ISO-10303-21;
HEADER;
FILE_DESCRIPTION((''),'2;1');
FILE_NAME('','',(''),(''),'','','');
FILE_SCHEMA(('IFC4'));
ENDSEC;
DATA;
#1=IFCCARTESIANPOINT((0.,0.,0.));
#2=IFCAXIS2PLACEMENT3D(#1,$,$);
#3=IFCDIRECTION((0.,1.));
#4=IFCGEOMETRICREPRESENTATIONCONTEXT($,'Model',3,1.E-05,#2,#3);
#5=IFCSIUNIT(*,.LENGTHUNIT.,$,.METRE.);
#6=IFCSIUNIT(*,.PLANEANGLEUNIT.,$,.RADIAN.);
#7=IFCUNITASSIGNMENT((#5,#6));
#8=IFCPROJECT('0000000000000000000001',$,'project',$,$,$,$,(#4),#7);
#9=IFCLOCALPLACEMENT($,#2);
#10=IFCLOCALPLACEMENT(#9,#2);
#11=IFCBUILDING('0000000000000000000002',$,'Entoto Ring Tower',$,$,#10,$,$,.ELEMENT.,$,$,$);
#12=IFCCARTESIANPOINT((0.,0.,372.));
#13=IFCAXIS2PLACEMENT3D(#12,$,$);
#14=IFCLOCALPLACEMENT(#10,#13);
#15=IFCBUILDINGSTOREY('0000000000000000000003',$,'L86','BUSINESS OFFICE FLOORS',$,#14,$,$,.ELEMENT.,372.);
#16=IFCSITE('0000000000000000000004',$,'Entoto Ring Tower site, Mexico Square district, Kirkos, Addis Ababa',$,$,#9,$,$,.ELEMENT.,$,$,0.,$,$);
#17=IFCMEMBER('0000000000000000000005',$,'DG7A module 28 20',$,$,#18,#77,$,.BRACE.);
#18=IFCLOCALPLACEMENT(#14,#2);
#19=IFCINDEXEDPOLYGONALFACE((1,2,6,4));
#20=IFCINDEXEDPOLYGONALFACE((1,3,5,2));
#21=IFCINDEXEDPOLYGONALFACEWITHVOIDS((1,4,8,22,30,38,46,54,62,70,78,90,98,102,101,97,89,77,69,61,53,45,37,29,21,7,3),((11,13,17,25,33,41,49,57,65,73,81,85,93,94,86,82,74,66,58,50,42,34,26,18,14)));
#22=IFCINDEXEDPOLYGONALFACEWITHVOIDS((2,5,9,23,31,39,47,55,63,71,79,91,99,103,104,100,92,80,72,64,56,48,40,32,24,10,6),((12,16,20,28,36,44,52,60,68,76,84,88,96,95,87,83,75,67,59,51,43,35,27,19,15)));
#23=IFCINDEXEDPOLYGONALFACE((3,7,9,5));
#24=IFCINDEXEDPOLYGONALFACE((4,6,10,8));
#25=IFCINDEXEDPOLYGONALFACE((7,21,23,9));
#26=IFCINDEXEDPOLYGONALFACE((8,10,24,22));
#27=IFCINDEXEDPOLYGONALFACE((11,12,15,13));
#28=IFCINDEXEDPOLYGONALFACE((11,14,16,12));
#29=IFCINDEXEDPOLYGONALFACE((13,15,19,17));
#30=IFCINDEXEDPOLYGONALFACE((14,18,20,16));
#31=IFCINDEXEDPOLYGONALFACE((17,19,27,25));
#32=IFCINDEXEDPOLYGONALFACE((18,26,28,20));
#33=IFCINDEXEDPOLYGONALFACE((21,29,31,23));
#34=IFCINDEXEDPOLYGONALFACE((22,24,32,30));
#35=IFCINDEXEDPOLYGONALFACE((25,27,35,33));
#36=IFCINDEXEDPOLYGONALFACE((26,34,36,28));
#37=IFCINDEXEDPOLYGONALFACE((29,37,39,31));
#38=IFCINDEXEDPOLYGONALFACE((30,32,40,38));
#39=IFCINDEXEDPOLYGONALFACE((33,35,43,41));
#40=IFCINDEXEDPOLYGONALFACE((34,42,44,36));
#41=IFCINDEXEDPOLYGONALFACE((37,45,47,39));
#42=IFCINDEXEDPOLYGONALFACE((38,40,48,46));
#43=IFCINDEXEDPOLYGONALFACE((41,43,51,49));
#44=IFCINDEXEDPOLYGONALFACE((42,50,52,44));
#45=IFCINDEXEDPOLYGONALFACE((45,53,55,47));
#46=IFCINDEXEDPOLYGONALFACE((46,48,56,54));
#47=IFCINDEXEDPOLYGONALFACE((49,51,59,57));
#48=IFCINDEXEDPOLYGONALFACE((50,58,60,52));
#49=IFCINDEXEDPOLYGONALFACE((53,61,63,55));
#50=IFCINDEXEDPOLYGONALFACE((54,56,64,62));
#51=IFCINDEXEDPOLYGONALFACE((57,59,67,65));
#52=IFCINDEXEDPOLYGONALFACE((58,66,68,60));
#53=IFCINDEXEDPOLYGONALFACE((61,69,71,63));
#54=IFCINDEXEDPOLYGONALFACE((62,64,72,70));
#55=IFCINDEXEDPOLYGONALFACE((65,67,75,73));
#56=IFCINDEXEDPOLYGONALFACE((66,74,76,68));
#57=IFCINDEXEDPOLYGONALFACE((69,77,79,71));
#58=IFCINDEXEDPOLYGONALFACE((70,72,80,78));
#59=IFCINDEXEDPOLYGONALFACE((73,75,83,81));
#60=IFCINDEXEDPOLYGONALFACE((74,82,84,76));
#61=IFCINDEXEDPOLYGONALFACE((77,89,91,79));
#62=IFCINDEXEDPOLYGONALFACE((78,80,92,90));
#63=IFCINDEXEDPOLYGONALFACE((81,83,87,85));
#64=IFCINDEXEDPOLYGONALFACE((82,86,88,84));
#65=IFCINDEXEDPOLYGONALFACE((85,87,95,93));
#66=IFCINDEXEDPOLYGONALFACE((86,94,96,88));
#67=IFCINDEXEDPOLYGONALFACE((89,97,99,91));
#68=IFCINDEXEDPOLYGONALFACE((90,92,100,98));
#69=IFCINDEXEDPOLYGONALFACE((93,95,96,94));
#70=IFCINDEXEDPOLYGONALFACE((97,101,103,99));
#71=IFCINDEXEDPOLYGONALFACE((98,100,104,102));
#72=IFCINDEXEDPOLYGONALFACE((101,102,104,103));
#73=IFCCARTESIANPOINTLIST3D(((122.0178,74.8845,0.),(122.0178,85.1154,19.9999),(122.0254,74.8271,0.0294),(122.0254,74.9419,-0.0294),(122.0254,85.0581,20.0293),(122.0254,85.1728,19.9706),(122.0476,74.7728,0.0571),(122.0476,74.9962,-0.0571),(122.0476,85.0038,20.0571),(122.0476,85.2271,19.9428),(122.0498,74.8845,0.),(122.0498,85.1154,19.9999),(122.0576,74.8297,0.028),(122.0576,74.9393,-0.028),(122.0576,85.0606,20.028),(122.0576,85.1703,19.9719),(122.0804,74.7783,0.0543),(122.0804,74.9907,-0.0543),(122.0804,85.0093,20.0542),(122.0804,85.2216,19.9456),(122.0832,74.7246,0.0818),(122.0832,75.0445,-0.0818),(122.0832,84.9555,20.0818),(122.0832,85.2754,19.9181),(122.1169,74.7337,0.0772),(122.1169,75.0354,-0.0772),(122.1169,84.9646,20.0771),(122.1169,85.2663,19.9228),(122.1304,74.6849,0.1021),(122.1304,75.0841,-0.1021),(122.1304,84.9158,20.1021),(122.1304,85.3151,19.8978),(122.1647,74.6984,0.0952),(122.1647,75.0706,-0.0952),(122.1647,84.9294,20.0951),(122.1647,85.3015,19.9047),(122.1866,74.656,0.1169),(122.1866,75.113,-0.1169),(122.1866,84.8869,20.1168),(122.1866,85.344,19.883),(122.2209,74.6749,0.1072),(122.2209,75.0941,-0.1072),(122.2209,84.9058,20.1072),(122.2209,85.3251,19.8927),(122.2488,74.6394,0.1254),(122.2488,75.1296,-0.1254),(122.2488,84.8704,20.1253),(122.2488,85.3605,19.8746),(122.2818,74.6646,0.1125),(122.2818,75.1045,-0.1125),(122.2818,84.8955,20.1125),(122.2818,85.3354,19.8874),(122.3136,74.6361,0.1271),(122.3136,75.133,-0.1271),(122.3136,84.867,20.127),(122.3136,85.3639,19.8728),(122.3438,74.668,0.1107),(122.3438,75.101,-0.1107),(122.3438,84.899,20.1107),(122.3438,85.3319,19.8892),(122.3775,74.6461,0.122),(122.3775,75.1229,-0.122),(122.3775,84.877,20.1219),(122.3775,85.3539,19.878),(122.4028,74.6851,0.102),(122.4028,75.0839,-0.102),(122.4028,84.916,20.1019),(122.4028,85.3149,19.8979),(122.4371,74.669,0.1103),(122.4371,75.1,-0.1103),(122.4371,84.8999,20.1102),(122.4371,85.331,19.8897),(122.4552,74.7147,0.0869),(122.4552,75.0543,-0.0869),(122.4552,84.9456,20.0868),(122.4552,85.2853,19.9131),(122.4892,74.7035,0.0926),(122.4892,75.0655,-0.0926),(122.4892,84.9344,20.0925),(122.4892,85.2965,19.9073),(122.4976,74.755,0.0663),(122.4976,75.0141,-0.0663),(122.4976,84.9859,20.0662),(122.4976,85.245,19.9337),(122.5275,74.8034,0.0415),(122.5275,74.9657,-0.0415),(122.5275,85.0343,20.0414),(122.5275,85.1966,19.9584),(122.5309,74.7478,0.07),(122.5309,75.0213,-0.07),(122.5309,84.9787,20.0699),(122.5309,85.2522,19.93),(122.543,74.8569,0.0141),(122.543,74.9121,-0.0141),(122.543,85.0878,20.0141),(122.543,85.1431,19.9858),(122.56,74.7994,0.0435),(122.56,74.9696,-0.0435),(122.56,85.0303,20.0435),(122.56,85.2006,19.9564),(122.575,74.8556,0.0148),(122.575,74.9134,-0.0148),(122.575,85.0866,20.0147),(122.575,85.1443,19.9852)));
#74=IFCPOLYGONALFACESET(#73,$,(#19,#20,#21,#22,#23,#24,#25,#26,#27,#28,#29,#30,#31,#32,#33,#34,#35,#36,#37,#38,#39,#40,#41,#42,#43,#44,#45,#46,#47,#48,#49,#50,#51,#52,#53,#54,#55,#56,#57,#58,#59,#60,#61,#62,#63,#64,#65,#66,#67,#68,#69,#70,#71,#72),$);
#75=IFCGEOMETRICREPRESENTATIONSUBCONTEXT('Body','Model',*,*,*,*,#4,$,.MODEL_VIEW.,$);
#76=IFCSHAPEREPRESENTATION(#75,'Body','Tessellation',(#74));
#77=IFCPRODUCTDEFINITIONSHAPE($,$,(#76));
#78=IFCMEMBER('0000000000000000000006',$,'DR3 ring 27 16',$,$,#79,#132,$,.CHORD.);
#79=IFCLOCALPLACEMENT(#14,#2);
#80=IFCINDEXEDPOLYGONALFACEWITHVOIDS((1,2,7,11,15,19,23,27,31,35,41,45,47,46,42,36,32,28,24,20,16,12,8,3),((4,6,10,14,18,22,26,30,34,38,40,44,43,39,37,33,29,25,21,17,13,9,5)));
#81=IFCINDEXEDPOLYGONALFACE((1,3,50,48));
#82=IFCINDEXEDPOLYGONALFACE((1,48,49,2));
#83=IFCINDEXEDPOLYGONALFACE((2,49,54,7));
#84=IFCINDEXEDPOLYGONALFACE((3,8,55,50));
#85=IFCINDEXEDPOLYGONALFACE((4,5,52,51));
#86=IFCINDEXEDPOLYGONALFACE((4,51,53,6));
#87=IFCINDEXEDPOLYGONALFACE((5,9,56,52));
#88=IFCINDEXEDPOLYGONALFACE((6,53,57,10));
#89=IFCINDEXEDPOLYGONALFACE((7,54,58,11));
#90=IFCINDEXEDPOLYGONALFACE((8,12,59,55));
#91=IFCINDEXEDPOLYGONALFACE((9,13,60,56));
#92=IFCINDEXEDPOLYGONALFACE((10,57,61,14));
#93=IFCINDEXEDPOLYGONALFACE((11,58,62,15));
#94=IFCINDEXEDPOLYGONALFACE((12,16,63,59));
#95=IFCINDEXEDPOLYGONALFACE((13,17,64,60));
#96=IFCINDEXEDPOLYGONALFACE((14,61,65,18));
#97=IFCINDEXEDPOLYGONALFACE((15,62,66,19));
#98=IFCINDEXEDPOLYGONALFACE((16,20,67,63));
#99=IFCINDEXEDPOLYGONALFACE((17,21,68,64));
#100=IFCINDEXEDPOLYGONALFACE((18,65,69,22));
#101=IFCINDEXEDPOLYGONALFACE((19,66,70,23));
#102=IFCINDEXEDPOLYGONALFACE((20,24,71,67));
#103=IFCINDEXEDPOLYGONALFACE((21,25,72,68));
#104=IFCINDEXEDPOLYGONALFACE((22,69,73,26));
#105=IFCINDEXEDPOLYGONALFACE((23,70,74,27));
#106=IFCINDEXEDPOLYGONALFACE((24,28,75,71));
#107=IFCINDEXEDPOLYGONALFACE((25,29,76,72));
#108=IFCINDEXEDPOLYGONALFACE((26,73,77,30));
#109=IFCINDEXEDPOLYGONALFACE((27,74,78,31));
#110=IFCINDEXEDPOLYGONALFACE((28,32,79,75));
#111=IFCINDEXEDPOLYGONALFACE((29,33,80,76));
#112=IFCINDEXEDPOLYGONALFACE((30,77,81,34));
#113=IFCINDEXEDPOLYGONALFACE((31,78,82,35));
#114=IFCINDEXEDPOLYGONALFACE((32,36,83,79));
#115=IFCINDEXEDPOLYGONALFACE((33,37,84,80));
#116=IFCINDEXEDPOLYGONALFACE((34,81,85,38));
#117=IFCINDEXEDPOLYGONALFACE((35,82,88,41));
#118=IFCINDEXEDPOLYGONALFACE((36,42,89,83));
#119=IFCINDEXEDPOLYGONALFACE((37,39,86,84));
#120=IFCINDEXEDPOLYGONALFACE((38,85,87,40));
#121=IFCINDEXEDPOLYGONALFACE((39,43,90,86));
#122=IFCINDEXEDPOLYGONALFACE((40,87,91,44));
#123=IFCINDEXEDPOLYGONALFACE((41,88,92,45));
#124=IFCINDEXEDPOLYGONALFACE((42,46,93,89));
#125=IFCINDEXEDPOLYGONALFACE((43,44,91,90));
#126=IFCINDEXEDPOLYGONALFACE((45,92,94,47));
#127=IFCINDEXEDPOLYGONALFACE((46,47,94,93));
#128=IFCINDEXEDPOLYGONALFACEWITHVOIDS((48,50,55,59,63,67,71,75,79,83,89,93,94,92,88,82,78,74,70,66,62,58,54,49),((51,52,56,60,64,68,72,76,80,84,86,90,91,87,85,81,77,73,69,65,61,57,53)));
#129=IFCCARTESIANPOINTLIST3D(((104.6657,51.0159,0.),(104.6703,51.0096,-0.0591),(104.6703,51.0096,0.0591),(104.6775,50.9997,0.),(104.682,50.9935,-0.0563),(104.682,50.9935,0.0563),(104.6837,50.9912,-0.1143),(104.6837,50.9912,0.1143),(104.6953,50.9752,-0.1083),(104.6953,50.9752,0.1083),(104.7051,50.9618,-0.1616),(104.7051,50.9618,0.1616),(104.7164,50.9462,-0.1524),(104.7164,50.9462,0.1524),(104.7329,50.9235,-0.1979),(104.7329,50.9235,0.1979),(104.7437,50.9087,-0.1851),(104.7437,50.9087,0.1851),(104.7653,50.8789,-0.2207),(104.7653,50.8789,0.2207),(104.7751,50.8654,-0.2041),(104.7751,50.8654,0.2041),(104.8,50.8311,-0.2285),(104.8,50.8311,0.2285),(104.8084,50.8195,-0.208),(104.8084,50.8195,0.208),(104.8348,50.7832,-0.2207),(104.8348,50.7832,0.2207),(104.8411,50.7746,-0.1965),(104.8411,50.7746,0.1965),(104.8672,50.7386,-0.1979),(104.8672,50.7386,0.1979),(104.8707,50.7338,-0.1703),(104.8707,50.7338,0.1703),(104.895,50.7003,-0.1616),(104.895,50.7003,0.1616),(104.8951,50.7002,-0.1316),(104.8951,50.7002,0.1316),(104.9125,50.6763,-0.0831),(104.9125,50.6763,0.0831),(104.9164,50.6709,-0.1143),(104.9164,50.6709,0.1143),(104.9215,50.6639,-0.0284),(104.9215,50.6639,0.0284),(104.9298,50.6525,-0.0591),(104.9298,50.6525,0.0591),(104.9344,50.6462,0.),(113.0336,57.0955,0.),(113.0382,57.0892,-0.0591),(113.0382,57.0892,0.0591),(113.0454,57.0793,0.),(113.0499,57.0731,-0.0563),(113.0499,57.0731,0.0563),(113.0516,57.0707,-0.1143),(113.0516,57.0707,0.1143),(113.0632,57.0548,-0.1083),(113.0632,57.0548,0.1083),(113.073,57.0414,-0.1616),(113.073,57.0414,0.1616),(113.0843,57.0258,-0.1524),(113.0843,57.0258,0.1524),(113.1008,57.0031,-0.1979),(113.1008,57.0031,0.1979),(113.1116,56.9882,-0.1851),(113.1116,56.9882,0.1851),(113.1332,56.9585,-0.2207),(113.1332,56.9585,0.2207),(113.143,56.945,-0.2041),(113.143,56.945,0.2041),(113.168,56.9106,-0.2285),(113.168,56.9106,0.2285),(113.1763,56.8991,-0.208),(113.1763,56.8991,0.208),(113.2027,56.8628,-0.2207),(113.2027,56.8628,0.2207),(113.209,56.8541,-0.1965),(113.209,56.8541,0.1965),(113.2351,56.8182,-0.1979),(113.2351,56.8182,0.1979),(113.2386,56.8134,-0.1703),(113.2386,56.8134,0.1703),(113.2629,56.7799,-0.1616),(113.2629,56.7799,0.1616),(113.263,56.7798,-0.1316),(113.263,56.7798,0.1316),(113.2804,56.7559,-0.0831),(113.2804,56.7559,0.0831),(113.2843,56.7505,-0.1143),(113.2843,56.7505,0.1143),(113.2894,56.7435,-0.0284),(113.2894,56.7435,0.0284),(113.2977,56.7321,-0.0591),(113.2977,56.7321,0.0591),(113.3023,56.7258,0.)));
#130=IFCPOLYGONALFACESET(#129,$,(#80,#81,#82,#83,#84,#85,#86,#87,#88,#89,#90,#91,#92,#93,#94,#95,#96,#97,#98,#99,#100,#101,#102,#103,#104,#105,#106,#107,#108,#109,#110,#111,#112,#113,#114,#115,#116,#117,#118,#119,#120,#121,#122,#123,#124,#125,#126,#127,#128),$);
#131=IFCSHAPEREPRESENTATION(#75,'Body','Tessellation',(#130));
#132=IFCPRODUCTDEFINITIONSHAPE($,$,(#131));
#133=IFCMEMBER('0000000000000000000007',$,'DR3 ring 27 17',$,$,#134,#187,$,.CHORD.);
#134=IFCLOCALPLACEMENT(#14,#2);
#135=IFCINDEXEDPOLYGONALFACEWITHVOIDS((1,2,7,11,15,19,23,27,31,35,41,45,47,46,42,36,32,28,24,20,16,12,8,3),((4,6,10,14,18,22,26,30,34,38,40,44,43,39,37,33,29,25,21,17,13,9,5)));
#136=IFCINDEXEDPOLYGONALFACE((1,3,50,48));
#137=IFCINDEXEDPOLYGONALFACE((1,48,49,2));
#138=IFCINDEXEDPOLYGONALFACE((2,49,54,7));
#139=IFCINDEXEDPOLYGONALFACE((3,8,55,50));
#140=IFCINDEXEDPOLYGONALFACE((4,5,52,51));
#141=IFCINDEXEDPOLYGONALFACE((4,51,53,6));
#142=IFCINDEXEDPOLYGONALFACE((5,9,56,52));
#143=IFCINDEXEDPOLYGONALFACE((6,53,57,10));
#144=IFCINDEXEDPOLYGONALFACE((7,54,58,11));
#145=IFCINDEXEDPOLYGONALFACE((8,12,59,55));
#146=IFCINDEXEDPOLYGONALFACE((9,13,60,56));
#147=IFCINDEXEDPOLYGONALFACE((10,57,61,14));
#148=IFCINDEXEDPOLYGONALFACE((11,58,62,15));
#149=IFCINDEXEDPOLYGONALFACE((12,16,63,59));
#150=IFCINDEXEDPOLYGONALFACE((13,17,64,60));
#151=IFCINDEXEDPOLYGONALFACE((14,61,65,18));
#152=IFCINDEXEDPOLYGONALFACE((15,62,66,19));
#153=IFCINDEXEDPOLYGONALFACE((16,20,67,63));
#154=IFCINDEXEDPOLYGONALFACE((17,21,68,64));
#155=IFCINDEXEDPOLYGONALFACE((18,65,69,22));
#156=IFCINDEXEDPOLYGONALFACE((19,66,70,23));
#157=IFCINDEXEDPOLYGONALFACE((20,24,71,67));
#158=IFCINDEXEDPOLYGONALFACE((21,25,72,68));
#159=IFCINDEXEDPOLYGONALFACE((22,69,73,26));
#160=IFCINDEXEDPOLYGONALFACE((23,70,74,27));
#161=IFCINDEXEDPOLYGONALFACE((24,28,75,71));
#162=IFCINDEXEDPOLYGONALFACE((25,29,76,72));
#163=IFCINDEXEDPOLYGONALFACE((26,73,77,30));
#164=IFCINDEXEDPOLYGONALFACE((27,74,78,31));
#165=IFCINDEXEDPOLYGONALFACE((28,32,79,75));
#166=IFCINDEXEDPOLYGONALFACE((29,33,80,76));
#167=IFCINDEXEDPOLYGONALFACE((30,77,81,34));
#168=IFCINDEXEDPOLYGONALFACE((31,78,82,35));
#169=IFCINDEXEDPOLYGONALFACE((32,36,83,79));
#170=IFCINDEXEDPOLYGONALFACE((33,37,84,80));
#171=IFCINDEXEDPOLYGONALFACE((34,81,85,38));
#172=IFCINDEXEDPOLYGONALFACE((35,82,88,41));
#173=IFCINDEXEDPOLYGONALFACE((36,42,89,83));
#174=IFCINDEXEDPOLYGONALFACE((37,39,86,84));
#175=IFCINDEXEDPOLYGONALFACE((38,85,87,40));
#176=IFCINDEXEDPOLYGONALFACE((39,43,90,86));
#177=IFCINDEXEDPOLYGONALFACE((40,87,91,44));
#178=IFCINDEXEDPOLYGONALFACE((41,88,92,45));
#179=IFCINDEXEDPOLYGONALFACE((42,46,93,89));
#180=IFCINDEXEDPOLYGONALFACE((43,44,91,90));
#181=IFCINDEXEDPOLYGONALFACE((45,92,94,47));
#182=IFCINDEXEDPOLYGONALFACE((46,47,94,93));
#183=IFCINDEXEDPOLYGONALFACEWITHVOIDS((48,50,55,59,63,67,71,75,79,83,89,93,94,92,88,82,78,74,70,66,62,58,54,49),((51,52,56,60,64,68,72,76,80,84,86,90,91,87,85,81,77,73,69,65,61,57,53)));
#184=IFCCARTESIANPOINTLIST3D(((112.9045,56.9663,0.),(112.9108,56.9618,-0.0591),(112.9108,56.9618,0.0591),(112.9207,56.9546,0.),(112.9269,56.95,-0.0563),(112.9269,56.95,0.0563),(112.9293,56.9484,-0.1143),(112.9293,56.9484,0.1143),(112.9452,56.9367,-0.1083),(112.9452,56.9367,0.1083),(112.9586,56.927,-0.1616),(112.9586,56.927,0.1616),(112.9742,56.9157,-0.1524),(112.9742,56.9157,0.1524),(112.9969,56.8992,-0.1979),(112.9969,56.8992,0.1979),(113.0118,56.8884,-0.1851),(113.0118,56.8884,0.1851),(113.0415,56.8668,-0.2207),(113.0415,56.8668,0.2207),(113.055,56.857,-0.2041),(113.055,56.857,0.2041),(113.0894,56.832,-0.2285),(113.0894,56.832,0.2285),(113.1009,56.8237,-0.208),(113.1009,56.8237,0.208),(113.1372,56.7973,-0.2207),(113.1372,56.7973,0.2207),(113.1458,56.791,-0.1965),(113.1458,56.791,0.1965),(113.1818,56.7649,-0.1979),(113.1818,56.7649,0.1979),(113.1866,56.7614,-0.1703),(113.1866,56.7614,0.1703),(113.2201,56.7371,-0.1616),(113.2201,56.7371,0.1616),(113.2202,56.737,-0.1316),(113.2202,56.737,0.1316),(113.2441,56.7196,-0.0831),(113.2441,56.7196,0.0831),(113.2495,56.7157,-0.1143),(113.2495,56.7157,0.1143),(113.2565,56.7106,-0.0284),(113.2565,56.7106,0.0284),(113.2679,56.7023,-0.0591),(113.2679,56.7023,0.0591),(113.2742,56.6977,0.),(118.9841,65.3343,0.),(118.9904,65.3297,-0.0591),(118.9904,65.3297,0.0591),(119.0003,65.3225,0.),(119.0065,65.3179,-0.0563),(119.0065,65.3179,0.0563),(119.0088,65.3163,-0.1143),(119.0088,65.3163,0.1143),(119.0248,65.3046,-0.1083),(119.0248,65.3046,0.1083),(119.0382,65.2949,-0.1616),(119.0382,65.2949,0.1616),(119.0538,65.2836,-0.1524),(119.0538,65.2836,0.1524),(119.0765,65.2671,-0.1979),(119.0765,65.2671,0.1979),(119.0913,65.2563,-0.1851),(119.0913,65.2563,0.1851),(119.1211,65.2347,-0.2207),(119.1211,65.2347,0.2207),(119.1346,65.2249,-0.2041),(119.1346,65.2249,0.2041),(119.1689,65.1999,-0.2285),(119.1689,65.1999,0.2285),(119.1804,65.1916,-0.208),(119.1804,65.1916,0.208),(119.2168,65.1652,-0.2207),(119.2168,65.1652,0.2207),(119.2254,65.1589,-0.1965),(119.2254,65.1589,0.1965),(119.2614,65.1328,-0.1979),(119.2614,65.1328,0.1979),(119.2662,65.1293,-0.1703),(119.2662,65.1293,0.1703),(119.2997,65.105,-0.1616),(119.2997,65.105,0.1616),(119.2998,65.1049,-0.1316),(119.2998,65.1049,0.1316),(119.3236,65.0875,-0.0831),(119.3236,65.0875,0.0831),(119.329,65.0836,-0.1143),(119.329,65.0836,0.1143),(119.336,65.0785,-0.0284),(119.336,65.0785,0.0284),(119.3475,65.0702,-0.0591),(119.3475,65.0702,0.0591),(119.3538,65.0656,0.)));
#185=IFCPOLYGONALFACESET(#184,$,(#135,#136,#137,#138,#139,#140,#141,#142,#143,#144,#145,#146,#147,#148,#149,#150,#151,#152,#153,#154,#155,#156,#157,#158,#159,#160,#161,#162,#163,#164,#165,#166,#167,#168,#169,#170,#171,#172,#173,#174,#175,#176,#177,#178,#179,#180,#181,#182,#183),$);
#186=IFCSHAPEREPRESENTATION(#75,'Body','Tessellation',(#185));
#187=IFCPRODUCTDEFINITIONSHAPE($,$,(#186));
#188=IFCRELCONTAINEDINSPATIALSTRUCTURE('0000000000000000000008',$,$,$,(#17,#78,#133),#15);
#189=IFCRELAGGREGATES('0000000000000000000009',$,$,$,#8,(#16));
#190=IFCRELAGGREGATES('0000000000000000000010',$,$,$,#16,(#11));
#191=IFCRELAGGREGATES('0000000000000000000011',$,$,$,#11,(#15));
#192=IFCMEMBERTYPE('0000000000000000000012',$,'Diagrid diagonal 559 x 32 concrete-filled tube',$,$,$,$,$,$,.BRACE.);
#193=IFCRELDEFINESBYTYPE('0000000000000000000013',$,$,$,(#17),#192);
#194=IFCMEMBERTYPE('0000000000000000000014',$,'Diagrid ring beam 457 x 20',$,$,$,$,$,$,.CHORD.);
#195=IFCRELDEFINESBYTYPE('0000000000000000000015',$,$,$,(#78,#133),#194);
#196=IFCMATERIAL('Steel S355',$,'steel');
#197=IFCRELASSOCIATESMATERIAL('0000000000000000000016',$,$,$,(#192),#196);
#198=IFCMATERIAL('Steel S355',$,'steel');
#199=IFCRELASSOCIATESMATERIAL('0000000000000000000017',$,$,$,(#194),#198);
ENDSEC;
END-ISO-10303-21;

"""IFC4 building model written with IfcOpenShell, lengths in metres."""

from ifc_helpers import new_model, si_unit, direction, frame, origin, origin_2d, place, context, subcontext, project, spatial, circle, hollow_circle, extrude, material, material_profile, profile_set, type_object, element, save


model = new_model("IFC4")

# Units and contexts
model_context = context("Model", 3, precision=1e-05, world=origin(), true_north=direction((0.0, 1.0)))
body_context = subcontext(model_context, "Body", "Model", "MODEL_VIEW")
ifc_project = project(units=[si_unit("LENGTHUNIT", "METRE"), si_unit("PLANEANGLEUNIT", "RADIAN")], contexts=[model_context])

# Site, building, storey
site_placement = place(None, origin())
site = spatial("IfcSite", under=ifc_project, at=site_placement, Name="Entoto Ring Tower site, Mexico Square district, Kirkos, Addis Ababa", CompositionType="ELEMENT", RefElevation=0.0)
building_placement = place(site_placement, origin())
building = spatial("IfcBuilding", under=site, at=building_placement, Name="Entoto Ring Tower", CompositionType="ELEMENT")
storey_placement = place(building_placement, frame((0.0, 0.0, 372.0)))
storey = spatial("IfcBuildingStorey", under=building, at=storey_placement, Name="L86", Description="BUSINESS OFFICE FLOORS", CompositionType="ELEMENT", Elevation=372.0)

# Members
ifc_material_1 = material(Name="Steel S355", Category="steel")
ifc_material_profile_1 = material_profile(ifc_material_1, hollow_circle(Radius=0.2795, WallThickness=0.032, at=origin_2d()), Name="CHS 559 x 32")
ifc_material_2 = material(Name="Concrete C60/75", Category="concrete")
ifc_material_profile_2 = material_profile(ifc_material_2, circle(Radius=0.2476, at=origin_2d()), Name="Concrete C60/75 infill")
ifc_profile_set_1 = profile_set([ifc_material_profile_1, ifc_material_profile_2], Name="Steel S355")
member_type_1 = type_object("IfcMemberType", Name="Diagrid diagonal 559 x 32 concrete-filled tube", PredefinedType="BRACE", material=ifc_profile_set_1)
for number, where, z_axis, x_axis, name in (
    (1, (122.2974, 74.8845, 0.0), (0.0, 0.455419, 0.890277), (-1.0, 0.0, 0.0), "DG7A module 28 20"),
):
    element("IfcMember", number, at=place(storey_placement, frame(where, z_axis=z_axis, x_axis=x_axis)), inside=storey, type_object=member_type_1, Name=name, PredefinedType="BRACE", context=body_context, shape_type="SweptSolid", body=[
        extrude(hollow_circle(Radius=0.2795, WallThickness=0.032, at=origin_2d()), origin(), (0.0, 0.0, 1.0), 22.4648),
    ])
ifc_material_3 = material(Name="Steel S355", Category="steel")
ifc_material_profile_3 = material_profile(ifc_material_3, hollow_circle(Radius=0.2285, WallThickness=0.02, at=origin_2d()), Name="CHS 457 x 20")
ifc_material_4 = material(Name="Concrete C60/75", Category="concrete")
ifc_material_profile_4 = material_profile(ifc_material_4, circle(Radius=0.2085, at=origin_2d()), Name="Concrete C60/75 infill")
ifc_profile_set_2 = profile_set([ifc_material_profile_3, ifc_material_profile_4], Name="Steel S355")
member_type_2 = type_object("IfcMemberType", Name="Diagrid ring beam 457 x 20", PredefinedType="CHORD", material=ifc_profile_set_2)
for number, where, z_axis, x_axis, name in (
    (2, (104.8, 50.8311, 0.0), (0.80902, 0.587781, 0.0), (-0.587781, 0.80902, 0.0), "DR3 ring 27 16"),
    (3, (113.0894, 56.832, 0.0), (0.587781, 0.80902, 0.0), (-0.80902, 0.587781, 0.0), "DR3 ring 27 17"),
):
    element("IfcMember", number, at=place(storey_placement, frame(where, z_axis=z_axis, x_axis=x_axis)), inside=storey, type_object=member_type_2, Name=name, PredefinedType="CHORD", context=body_context, shape_type="SweptSolid", body=[
        extrude(hollow_circle(Radius=0.2285, WallThickness=0.02, at=origin_2d()), origin(), (0.0, 0.0, 1.0), 10.3433),
    ])

save(model, "model.ifc")
